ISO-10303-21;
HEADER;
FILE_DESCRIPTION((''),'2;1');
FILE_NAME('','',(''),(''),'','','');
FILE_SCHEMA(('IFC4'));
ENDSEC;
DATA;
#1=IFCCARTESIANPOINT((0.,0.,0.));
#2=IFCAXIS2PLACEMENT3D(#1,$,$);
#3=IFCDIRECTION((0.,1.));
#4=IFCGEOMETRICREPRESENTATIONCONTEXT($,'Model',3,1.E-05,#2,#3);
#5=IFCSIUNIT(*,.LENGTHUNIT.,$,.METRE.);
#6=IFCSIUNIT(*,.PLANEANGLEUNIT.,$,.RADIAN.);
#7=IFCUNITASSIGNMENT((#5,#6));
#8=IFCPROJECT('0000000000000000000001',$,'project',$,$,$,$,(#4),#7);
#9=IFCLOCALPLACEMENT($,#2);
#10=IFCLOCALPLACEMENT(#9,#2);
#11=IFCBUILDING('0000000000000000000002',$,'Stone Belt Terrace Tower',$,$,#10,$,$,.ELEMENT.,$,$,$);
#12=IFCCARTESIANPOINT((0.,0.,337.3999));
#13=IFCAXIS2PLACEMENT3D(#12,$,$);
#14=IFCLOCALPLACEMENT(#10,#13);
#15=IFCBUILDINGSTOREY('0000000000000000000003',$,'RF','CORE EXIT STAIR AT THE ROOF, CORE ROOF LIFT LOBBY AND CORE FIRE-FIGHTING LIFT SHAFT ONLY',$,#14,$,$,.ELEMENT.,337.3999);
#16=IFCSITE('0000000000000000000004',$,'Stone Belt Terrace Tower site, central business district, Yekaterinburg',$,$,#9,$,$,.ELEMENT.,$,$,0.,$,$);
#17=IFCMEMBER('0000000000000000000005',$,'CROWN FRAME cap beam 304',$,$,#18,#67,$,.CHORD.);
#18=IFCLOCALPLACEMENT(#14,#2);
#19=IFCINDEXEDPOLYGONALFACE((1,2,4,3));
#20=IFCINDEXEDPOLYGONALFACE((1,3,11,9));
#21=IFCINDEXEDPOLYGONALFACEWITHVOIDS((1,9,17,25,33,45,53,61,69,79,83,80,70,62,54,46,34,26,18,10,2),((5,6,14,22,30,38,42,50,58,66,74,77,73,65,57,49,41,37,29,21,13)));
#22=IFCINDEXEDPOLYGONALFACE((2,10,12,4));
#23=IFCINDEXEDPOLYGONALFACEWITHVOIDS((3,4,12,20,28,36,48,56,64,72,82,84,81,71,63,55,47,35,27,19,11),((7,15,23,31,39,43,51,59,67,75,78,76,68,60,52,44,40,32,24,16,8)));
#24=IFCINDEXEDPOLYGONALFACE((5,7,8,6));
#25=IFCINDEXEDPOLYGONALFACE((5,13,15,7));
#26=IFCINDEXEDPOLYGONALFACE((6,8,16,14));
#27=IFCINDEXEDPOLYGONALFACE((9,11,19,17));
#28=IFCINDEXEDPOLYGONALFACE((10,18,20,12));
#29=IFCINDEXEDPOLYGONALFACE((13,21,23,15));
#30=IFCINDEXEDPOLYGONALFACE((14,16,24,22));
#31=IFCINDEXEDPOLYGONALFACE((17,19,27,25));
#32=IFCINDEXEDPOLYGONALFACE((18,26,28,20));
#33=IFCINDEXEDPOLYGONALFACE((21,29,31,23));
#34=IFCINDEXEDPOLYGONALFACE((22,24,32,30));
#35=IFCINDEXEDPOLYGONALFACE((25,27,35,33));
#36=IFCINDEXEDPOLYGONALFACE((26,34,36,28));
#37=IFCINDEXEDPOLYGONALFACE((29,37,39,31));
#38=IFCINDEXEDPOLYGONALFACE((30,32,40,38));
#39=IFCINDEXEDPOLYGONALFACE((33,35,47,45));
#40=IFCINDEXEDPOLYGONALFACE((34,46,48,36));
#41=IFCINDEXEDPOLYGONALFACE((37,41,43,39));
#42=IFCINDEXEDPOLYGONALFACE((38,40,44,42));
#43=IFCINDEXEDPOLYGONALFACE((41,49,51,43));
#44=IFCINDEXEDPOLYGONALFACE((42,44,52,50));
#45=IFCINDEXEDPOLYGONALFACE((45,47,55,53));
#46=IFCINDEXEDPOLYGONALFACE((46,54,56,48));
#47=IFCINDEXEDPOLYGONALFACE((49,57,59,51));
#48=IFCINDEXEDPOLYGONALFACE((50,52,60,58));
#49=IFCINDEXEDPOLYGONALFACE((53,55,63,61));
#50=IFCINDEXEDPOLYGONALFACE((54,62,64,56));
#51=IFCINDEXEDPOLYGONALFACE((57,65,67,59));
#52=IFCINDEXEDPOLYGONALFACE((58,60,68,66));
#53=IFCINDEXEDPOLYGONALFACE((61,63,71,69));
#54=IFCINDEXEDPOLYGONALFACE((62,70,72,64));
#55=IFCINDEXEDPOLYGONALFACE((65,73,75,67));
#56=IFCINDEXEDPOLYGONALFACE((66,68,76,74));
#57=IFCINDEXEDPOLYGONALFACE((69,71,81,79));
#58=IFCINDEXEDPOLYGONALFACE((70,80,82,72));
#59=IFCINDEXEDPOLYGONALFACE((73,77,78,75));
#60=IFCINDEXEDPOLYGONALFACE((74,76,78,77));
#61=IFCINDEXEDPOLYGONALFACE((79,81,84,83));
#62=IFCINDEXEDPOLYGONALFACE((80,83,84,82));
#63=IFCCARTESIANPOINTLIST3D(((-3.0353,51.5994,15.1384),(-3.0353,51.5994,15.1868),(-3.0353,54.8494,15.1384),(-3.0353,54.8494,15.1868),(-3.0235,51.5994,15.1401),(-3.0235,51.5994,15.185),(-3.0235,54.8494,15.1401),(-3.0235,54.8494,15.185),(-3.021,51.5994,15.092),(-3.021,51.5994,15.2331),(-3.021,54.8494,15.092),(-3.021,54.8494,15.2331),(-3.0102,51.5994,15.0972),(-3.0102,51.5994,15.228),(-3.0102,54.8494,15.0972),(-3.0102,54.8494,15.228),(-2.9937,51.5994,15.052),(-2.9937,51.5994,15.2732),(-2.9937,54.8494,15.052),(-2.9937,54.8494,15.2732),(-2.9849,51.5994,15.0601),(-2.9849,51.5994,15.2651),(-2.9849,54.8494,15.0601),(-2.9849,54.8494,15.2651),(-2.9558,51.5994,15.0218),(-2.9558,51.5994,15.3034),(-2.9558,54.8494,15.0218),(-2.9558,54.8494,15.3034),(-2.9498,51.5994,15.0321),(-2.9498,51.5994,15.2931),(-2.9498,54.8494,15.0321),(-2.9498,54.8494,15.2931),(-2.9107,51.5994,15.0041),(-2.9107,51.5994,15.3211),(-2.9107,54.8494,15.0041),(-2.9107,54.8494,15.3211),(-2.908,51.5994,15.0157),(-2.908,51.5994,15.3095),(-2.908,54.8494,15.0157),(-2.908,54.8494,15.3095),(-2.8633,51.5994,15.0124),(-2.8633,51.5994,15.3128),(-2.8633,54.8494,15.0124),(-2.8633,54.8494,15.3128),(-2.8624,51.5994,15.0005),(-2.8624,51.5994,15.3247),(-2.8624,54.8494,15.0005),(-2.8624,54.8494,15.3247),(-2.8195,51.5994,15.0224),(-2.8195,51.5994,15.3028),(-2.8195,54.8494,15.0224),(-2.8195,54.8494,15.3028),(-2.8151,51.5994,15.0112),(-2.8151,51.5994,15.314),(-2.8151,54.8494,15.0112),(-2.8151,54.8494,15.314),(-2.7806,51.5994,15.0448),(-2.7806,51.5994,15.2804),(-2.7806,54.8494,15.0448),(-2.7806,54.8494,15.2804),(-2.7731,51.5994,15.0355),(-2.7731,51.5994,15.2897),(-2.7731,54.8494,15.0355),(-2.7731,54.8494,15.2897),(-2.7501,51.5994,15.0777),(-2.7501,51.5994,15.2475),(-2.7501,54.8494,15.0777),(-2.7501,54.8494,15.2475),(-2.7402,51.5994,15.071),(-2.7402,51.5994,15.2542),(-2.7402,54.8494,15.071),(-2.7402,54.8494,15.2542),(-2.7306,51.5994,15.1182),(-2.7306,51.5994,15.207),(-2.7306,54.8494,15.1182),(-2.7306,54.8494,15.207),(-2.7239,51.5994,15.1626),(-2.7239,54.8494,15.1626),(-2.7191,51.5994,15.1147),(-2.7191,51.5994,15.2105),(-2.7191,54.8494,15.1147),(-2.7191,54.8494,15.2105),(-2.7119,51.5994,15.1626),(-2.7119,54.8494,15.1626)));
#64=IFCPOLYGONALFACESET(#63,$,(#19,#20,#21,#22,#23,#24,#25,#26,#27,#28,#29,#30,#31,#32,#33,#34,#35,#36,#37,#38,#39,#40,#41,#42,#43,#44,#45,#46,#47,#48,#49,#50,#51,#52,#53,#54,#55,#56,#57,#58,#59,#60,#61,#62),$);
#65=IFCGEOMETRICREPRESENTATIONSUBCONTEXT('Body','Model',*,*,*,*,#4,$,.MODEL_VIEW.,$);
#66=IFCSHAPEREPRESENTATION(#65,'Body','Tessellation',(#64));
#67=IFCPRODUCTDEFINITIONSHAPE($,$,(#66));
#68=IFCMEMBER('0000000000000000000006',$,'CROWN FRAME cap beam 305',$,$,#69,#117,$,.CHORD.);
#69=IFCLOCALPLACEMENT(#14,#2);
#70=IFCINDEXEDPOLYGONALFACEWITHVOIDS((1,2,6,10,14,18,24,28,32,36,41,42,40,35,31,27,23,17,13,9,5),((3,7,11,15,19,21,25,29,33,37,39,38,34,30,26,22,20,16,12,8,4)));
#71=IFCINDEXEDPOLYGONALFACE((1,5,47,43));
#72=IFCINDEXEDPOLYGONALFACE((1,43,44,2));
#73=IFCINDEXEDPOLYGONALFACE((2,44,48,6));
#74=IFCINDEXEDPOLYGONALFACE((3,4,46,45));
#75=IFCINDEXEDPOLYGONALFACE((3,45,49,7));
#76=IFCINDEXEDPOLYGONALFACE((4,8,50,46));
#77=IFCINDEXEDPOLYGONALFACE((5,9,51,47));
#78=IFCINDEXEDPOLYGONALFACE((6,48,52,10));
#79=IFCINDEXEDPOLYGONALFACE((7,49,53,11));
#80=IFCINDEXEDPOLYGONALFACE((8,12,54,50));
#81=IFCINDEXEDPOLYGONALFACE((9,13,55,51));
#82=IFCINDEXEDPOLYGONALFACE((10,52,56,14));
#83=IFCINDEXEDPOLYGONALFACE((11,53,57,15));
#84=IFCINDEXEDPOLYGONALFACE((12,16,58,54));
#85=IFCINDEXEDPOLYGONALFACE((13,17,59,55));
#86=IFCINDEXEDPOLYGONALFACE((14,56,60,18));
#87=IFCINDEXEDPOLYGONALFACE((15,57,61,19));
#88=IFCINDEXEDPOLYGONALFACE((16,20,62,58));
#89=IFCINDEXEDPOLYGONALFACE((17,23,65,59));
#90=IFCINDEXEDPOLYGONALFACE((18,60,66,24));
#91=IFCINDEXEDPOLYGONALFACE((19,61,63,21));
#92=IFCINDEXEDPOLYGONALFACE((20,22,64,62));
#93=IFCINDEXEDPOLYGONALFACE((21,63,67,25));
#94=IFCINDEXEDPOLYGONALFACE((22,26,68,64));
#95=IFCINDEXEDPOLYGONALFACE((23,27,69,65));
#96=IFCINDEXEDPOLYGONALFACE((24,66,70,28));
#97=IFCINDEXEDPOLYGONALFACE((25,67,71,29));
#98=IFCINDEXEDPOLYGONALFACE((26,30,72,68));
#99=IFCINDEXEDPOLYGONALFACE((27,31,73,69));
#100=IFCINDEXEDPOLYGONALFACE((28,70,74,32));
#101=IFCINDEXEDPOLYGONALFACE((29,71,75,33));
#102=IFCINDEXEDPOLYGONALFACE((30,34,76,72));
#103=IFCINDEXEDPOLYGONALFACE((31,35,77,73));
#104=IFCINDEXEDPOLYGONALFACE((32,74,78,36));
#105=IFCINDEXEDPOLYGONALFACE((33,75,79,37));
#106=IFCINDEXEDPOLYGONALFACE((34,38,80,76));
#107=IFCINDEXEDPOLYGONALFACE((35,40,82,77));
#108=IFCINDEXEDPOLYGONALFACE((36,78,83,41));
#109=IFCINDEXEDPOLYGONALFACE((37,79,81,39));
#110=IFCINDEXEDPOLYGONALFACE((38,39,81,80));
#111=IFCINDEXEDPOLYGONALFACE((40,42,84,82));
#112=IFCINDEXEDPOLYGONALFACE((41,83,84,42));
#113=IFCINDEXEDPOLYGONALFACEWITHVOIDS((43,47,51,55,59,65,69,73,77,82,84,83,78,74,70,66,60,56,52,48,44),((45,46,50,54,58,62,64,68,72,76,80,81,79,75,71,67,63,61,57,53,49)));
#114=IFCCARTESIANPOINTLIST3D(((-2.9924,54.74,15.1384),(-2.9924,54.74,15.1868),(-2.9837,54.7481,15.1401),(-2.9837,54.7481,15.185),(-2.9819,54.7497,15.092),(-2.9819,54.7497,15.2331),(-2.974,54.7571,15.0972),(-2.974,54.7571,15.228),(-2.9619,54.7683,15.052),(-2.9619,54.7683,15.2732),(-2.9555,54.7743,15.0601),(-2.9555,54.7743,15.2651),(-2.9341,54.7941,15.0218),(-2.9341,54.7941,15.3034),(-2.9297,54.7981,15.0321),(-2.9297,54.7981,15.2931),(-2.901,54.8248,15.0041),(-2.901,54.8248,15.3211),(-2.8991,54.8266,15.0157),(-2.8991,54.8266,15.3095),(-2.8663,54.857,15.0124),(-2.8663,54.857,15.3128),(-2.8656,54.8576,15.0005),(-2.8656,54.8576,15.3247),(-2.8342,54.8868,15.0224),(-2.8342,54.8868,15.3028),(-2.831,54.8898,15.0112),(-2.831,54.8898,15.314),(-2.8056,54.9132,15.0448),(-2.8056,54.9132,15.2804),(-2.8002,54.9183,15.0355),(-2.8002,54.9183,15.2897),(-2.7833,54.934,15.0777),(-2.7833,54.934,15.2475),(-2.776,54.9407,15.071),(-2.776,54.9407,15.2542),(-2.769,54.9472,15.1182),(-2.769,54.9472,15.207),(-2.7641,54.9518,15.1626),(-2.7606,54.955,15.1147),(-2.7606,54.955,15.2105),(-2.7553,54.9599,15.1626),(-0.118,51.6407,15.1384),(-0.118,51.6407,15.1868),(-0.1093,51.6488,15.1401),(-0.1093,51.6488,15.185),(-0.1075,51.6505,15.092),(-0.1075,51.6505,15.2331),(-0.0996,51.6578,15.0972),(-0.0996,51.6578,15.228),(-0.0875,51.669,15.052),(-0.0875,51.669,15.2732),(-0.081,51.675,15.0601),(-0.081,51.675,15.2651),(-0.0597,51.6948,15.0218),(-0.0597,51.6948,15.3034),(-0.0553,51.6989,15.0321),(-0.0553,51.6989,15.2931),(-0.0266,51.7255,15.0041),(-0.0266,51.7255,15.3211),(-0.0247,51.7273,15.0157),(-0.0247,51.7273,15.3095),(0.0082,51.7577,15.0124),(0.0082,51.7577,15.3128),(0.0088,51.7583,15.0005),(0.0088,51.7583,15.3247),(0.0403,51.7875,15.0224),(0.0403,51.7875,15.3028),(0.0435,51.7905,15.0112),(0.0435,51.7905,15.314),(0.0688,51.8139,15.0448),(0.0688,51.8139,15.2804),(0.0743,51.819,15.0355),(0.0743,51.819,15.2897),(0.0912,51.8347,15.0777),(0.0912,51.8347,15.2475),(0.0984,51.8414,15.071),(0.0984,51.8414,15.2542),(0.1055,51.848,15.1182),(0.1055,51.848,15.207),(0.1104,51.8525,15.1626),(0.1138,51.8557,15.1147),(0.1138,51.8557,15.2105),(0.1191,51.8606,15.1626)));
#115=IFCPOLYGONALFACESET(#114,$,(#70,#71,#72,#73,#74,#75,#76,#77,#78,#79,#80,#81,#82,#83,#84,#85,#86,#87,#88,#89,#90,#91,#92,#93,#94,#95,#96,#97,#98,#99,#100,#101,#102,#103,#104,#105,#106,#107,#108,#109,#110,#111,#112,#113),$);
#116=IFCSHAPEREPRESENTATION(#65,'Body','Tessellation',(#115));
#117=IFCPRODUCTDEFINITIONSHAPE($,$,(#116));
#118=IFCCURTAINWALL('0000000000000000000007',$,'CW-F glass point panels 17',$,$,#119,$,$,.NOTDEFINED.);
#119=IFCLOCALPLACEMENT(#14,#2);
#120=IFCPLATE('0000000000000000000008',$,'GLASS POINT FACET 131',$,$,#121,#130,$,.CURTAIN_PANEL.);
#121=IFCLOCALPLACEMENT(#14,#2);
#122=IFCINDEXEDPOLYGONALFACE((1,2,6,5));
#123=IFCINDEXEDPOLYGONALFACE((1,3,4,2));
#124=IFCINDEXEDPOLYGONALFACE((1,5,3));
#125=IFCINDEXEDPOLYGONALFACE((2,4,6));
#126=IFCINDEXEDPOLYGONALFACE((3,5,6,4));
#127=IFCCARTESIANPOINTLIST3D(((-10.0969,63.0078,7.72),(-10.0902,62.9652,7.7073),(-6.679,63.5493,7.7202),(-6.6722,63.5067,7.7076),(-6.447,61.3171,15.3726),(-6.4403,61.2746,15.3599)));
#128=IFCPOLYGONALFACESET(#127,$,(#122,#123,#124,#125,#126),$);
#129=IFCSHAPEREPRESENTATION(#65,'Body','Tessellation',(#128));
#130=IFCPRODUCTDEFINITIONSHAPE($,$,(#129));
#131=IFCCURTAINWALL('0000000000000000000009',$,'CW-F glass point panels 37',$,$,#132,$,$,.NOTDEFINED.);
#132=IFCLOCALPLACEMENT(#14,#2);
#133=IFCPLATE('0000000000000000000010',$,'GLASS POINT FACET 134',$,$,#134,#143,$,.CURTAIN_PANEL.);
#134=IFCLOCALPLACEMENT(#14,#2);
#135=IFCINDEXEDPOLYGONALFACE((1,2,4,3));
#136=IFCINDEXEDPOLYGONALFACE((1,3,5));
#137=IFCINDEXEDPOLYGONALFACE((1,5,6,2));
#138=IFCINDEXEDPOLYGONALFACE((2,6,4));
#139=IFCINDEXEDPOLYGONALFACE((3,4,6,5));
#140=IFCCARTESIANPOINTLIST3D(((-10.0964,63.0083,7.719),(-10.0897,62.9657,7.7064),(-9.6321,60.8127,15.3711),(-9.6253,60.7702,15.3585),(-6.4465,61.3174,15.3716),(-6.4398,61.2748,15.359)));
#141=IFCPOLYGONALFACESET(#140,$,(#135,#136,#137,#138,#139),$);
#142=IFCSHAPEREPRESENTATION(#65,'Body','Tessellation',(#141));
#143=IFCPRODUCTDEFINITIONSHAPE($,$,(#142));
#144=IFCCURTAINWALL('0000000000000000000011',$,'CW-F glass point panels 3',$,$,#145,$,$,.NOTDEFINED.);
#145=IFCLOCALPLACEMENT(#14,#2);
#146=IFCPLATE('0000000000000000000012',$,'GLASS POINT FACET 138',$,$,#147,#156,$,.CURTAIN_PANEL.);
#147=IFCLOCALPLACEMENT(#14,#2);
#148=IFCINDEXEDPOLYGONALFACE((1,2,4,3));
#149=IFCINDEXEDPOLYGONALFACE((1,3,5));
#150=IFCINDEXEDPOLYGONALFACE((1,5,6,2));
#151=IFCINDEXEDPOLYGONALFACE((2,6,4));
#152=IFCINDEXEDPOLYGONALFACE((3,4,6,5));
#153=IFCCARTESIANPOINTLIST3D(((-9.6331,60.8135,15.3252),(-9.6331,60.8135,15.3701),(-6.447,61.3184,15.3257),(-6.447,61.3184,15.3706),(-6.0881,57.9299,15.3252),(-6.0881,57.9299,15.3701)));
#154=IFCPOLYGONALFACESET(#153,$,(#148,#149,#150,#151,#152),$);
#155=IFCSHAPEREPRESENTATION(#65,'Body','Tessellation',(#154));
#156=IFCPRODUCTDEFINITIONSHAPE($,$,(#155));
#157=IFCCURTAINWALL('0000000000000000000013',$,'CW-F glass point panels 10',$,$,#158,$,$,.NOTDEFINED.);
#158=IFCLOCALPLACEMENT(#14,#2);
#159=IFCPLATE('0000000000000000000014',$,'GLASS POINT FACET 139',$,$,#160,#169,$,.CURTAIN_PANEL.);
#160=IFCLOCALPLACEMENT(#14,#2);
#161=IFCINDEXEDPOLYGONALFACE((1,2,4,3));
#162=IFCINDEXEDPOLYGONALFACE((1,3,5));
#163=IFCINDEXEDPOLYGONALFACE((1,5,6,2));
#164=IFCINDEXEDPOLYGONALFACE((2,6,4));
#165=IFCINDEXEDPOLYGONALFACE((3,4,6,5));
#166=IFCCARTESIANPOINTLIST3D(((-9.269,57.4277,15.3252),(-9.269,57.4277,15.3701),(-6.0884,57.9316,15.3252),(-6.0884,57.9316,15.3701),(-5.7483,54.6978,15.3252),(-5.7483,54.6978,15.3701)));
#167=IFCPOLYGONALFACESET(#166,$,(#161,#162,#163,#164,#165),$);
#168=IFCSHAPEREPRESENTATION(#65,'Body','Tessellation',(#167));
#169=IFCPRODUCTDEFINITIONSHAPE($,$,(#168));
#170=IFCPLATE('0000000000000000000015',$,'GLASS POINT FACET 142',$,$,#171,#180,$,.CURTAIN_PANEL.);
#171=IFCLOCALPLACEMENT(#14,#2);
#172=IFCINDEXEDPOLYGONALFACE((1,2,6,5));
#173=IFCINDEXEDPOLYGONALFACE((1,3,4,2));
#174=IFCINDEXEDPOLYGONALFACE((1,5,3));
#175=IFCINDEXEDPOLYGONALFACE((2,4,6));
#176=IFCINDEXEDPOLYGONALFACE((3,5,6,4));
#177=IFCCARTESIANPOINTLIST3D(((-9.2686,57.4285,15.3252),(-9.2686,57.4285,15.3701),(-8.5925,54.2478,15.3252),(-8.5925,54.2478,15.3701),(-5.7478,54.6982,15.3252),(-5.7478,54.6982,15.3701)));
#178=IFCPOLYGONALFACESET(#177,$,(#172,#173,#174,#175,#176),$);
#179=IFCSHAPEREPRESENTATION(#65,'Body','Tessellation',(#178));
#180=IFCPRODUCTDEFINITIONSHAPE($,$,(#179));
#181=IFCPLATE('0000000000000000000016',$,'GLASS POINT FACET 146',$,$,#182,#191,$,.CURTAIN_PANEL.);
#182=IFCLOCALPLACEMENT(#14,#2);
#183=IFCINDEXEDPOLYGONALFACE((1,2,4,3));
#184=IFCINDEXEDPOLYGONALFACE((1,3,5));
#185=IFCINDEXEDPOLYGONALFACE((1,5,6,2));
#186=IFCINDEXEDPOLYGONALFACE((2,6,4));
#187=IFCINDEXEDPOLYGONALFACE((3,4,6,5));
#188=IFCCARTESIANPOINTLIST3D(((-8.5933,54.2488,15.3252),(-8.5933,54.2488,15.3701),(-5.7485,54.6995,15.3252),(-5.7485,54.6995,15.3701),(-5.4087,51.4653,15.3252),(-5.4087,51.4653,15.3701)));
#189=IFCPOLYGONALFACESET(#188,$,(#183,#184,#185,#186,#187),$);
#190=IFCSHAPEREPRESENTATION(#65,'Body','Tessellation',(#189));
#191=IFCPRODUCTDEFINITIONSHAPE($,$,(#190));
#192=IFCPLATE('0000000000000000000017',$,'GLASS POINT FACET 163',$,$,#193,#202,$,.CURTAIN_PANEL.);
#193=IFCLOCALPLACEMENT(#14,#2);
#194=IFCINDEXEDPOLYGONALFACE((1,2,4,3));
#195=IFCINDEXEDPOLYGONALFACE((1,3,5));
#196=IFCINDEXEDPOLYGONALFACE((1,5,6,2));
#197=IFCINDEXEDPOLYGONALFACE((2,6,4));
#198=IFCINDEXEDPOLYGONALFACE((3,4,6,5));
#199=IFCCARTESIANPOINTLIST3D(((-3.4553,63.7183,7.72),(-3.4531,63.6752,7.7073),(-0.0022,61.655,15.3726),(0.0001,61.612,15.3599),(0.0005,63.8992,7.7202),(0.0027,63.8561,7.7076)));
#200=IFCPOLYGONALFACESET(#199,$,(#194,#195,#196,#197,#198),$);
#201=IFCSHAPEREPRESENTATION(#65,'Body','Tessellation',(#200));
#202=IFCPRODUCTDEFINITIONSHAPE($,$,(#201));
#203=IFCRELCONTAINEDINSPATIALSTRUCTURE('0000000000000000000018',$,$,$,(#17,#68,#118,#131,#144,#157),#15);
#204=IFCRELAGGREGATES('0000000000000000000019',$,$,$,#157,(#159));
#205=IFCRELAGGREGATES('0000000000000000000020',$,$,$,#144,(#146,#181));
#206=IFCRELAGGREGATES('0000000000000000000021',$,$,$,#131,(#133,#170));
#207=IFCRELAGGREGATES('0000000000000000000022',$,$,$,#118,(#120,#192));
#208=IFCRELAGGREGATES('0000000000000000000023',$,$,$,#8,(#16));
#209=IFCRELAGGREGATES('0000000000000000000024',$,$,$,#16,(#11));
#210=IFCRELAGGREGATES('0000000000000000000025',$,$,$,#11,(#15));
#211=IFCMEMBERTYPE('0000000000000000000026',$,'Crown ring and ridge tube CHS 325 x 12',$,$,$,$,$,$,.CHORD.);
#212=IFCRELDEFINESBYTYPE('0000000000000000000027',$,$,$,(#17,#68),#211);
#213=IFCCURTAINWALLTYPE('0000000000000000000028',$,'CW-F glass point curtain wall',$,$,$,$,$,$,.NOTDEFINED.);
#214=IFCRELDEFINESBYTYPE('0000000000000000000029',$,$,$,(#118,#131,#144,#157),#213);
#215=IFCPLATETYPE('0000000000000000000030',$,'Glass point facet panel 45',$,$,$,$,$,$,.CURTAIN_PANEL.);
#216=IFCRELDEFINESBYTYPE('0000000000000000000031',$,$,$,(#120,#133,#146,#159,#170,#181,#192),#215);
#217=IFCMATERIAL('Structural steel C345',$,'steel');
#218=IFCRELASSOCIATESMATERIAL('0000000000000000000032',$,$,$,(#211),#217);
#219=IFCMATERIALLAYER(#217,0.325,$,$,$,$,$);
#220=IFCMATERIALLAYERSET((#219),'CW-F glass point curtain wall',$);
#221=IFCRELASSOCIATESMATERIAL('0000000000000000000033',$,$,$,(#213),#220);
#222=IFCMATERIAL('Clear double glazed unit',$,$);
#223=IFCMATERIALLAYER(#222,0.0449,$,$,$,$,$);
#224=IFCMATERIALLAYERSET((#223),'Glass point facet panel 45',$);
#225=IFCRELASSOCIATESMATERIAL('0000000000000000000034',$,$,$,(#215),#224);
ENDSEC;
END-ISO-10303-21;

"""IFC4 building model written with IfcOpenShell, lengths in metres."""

from ifc_helpers import new_model, si_unit, direction, frame, origin, origin_2d, place, context, subcontext, project, spatial, polyline, hollow_circle, outline, extrude, material, layer, layer_set, material_profile, profile_set, type_object, element, aggregate, save


model = new_model("IFC4")

# Units and contexts
model_context = context("Model", 3, precision=1e-05, world=origin(), true_north=direction((0.0, 1.0)))
body_context = subcontext(model_context, "Body", "Model", "MODEL_VIEW")
ifc_project = project(units=[si_unit("LENGTHUNIT", "METRE"), si_unit("PLANEANGLEUNIT", "RADIAN")], contexts=[model_context])

# Site, building, storey
site_placement = place(None, origin())
site = spatial("IfcSite", under=ifc_project, at=site_placement, Name="Stone Belt Terrace Tower site, central business district, Yekaterinburg", CompositionType="ELEMENT", RefElevation=0.0)
building_placement = place(site_placement, origin())
building = spatial("IfcBuilding", under=site, at=building_placement, Name="Stone Belt Terrace Tower", CompositionType="ELEMENT")
storey_placement = place(building_placement, frame((0.0, 0.0, 337.3999)))
storey = spatial("IfcBuildingStorey", under=building, at=storey_placement, Name="RF", Description="CORE EXIT STAIR AT THE ROOF, CORE ROOF LIFT LOBBY AND CORE FIRE-FIGHTING LIFT SHAFT ONLY", CompositionType="ELEMENT", Elevation=337.3999)

# Members
ifc_material_1 = material(Name="Structural steel C345", Category="steel")
ifc_material_profile = material_profile(ifc_material_1, hollow_circle(Radius=0.1626, WallThickness=0.012, at=origin_2d()), Name="Structural steel C345 CHS 325x12")
ifc_profile_set = profile_set([ifc_material_profile], Name="Structural steel C345")
member_type = type_object("IfcMemberType", Name="Crown ring and ridge tube CHS 325 x 12", PredefinedType="CHORD", material=ifc_profile_set)
for number, where, z_axis, x_axis, name in (
    (1, (-2.8745, 54.8494, 15.1626), (0.0, -1.0, 0.0), (1.0, 0.0, 0.0), "CROWN FRAME cap beam 304"),
):
    element("IfcMember", number, at=place(storey_placement, frame(where, z_axis=z_axis, x_axis=x_axis)), inside=storey, type_object=member_type, Name=name, PredefinedType="CHORD", context=body_context, shape_type="SweptSolid", body=[
        extrude(hollow_circle(Radius=0.1626, WallThickness=0.012, at=origin_2d()), origin(), (0.0, 0.0, 1.0), 3.25),
    ])
member_1_placement = place(storey_placement, frame((-2.8745, 54.8494, 15.1626), z_axis=(0.68001, -0.733203, 0.0), x_axis=(0.733203, 0.68001, 0.0)))
element("IfcMember", 2, at=member_1_placement, inside=storey, type_object=member_type, Name="CROWN FRAME cap beam 305", PredefinedType="CHORD", context=body_context, shape_type="SweptSolid", body=[
    extrude(hollow_circle(Radius=0.1626, WallThickness=0.012, at=origin_2d()), origin(), (0.0, 0.0, 1.0), 4.2271),
])

# Curtain walls, plates
ifc_layer_1 = layer(ifc_material_1, 0.325)
ifc_layer_set_1 = layer_set([ifc_layer_1], Name="CW-F glass point curtain wall")
curtain_wall_type = type_object("IfcCurtainWallType", Name="CW-F glass point curtain wall", PredefinedType="NOTDEFINED", material=ifc_layer_set_1)
curtain_wall_1_placement = place(storey_placement, origin())
curtain_wall_1 = element("IfcCurtainWall", 3, at=curtain_wall_1_placement, inside=storey, type_object=curtain_wall_type, Name="CW-F glass point panels 17", PredefinedType="NOTDEFINED")
ifc_material_2 = material(Name="Clear double glazed unit")
ifc_layer_2 = layer(ifc_material_2, 0.0449)
ifc_layer_set_2 = layer_set([ifc_layer_2], Name="Glass point facet panel 45")
plate_type = type_object("IfcPlateType", Name="Glass point facet panel 45", PredefinedType="CURTAIN_PANEL", material=ifc_layer_set_2)
plate_1_placement = place(storey_placement, frame((-6.447, 61.3171, 15.3726), z_axis=(-0.15019, 0.94787, 0.281044), x_axis=(-0.42218, 0.195559, -0.885167)))
plate_1 = element("IfcPlate", 4, at=plate_1_placement, type_object=plate_type, Name="GLASS POINT FACET 131", PredefinedType="CURTAIN_PANEL", context=body_context, shape_type="SweptSolid", body=[
    extrude(outline(polyline([(0.0, 0.0), (8.6454, 0.0), (7.308, -3.1918), (0.0, 0.0)])), origin(), (0.0, 0.0, -1.0), 0.0449),
])
curtain_wall_2_placement = place(storey_placement, origin())
curtain_wall_2 = element("IfcCurtainWall", 5, at=curtain_wall_2_placement, inside=storey, type_object=curtain_wall_type, Name="CW-F glass point panels 37", PredefinedType="NOTDEFINED")
plate_2_placement = place(storey_placement, frame((-6.4465, 61.3174, 15.3716), z_axis=(-0.150198, 0.947859, 0.281076), x_axis=(-0.987684, -0.156464, -0.000151)))
plate_2 = element("IfcPlate", 6, at=plate_2_placement, type_object=plate_type, Name="GLASS POINT FACET 134", PredefinedType="CURTAIN_PANEL", context=body_context, shape_type="SweptSolid", body=[
    extrude(outline(polyline([(0.0, 0.0), (3.2253, 0.0), (3.3415, -7.9735), (0.0, 0.0)])), origin(), (0.0, 0.0, -1.0), 0.0449),
])
curtain_wall_3_placement = place(storey_placement, origin())
curtain_wall_3 = element("IfcCurtainWall", 7, at=curtain_wall_3_placement, inside=storey, type_object=curtain_wall_type, Name="CW-F glass point panels 3", PredefinedType="NOTDEFINED")
plate_3_placement = place(storey_placement, frame((-6.447, 61.3184, 15.3706), z_axis=(-0.000128, -0.000158, 1.0), x_axis=(0.105326, -0.994438, -0.000143)))
plate_3 = element("IfcPlate", 8, at=plate_3_placement, type_object=plate_type, Name="GLASS POINT FACET 138", PredefinedType="CURTAIN_PANEL", context=body_context, shape_type="SweptSolid", body=[
    extrude(outline(polyline([(0.0, 0.0), (3.4074, 0.0), (0.1665, -3.2215), (0.0, 0.0)])), origin(), (0.0, 0.0, -1.0), 0.0449),
])
curtain_wall_4_placement = place(storey_placement, origin())
curtain_wall_4 = element("IfcCurtainWall", 9, at=curtain_wall_4_placement, inside=storey, type_object=curtain_wall_type, Name="CW-F glass point panels 10", PredefinedType="NOTDEFINED")
plate_4_placement = place(storey_placement, frame((-5.7483, 54.6978, 15.3701), z_axis=(0.0, 0.0, 1.0), x_axis=(-0.790263, 0.612768, 0.0)))
plate_4 = element("IfcPlate", 10, at=plate_4_placement, type_object=plate_type, Name="GLASS POINT FACET 139", PredefinedType="CURTAIN_PANEL", context=body_context, shape_type="SweptSolid", body=[
    extrude(outline(polyline([(0.0, 0.0), (4.4552, 0.0), (2.2504, -2.3472), (0.0, 0.0)])), origin(), (0.0, 0.0, -1.0), 0.0449),
])
aggregate(curtain_wall_4, [plate_4])

# Plates
plate_5_placement = place(storey_placement, frame((-5.7478, 54.6982, 15.3701), z_axis=(0.0, 0.0, 1.0), x_axis=(-0.987695, -0.156393, 0.0)))
plate_5 = element("IfcPlate", 11, at=plate_5_placement, type_object=plate_type, Name="GLASS POINT FACET 142", PredefinedType="CURTAIN_PANEL", context=body_context, shape_type="SweptSolid", body=[
    extrude(outline(polyline([(0.0, 0.0), (2.8802, 0.0), (3.0504, -3.2473), (0.0, 0.0)])), origin(), (0.0, 0.0, -1.0), 0.0449),
])
plate_6_placement = place(storey_placement, frame((-5.7485, 54.6995, 15.3701), z_axis=(0.0, 0.0, 1.0), x_axis=(0.104505, -0.994524, 0.0)))
plate_6 = element("IfcPlate", 12, at=plate_6_placement, type_object=plate_type, Name="GLASS POINT FACET 146", PredefinedType="CURTAIN_PANEL", context=body_context, shape_type="SweptSolid", body=[
    extrude(outline(polyline([(0.0, 0.0), (3.2519, 0.0), (0.1509, -2.8762), (0.0, 0.0)])), origin(), (0.0, 0.0, -1.0), 0.0449),
])
aggregate(curtain_wall_3, [plate_3, plate_6])
plate_7_placement = place(storey_placement, frame((-0.0022, 61.655, 15.3726), z_axis=(-0.05019, 0.958383, 0.28104), x_axis=(-0.399417, 0.238651, -0.885162)))
plate_7 = element("IfcPlate", 13, at=plate_7_placement, type_object=plate_type, Name="GLASS POINT FACET 163", PredefinedType="CURTAIN_PANEL", context=body_context, shape_type="SweptSolid", body=[
    extrude(outline(polyline([(0.0, 0.0), (8.6454, 0.0), (7.3081, -3.1917), (0.0, 0.0)])), origin(), (0.0, 0.0, -1.0), 0.0449),
])
aggregate(curtain_wall_2, [plate_2, plate_5])

aggregate(curtain_wall_1, [plate_1, plate_7])

save(model, "model.ifc")
